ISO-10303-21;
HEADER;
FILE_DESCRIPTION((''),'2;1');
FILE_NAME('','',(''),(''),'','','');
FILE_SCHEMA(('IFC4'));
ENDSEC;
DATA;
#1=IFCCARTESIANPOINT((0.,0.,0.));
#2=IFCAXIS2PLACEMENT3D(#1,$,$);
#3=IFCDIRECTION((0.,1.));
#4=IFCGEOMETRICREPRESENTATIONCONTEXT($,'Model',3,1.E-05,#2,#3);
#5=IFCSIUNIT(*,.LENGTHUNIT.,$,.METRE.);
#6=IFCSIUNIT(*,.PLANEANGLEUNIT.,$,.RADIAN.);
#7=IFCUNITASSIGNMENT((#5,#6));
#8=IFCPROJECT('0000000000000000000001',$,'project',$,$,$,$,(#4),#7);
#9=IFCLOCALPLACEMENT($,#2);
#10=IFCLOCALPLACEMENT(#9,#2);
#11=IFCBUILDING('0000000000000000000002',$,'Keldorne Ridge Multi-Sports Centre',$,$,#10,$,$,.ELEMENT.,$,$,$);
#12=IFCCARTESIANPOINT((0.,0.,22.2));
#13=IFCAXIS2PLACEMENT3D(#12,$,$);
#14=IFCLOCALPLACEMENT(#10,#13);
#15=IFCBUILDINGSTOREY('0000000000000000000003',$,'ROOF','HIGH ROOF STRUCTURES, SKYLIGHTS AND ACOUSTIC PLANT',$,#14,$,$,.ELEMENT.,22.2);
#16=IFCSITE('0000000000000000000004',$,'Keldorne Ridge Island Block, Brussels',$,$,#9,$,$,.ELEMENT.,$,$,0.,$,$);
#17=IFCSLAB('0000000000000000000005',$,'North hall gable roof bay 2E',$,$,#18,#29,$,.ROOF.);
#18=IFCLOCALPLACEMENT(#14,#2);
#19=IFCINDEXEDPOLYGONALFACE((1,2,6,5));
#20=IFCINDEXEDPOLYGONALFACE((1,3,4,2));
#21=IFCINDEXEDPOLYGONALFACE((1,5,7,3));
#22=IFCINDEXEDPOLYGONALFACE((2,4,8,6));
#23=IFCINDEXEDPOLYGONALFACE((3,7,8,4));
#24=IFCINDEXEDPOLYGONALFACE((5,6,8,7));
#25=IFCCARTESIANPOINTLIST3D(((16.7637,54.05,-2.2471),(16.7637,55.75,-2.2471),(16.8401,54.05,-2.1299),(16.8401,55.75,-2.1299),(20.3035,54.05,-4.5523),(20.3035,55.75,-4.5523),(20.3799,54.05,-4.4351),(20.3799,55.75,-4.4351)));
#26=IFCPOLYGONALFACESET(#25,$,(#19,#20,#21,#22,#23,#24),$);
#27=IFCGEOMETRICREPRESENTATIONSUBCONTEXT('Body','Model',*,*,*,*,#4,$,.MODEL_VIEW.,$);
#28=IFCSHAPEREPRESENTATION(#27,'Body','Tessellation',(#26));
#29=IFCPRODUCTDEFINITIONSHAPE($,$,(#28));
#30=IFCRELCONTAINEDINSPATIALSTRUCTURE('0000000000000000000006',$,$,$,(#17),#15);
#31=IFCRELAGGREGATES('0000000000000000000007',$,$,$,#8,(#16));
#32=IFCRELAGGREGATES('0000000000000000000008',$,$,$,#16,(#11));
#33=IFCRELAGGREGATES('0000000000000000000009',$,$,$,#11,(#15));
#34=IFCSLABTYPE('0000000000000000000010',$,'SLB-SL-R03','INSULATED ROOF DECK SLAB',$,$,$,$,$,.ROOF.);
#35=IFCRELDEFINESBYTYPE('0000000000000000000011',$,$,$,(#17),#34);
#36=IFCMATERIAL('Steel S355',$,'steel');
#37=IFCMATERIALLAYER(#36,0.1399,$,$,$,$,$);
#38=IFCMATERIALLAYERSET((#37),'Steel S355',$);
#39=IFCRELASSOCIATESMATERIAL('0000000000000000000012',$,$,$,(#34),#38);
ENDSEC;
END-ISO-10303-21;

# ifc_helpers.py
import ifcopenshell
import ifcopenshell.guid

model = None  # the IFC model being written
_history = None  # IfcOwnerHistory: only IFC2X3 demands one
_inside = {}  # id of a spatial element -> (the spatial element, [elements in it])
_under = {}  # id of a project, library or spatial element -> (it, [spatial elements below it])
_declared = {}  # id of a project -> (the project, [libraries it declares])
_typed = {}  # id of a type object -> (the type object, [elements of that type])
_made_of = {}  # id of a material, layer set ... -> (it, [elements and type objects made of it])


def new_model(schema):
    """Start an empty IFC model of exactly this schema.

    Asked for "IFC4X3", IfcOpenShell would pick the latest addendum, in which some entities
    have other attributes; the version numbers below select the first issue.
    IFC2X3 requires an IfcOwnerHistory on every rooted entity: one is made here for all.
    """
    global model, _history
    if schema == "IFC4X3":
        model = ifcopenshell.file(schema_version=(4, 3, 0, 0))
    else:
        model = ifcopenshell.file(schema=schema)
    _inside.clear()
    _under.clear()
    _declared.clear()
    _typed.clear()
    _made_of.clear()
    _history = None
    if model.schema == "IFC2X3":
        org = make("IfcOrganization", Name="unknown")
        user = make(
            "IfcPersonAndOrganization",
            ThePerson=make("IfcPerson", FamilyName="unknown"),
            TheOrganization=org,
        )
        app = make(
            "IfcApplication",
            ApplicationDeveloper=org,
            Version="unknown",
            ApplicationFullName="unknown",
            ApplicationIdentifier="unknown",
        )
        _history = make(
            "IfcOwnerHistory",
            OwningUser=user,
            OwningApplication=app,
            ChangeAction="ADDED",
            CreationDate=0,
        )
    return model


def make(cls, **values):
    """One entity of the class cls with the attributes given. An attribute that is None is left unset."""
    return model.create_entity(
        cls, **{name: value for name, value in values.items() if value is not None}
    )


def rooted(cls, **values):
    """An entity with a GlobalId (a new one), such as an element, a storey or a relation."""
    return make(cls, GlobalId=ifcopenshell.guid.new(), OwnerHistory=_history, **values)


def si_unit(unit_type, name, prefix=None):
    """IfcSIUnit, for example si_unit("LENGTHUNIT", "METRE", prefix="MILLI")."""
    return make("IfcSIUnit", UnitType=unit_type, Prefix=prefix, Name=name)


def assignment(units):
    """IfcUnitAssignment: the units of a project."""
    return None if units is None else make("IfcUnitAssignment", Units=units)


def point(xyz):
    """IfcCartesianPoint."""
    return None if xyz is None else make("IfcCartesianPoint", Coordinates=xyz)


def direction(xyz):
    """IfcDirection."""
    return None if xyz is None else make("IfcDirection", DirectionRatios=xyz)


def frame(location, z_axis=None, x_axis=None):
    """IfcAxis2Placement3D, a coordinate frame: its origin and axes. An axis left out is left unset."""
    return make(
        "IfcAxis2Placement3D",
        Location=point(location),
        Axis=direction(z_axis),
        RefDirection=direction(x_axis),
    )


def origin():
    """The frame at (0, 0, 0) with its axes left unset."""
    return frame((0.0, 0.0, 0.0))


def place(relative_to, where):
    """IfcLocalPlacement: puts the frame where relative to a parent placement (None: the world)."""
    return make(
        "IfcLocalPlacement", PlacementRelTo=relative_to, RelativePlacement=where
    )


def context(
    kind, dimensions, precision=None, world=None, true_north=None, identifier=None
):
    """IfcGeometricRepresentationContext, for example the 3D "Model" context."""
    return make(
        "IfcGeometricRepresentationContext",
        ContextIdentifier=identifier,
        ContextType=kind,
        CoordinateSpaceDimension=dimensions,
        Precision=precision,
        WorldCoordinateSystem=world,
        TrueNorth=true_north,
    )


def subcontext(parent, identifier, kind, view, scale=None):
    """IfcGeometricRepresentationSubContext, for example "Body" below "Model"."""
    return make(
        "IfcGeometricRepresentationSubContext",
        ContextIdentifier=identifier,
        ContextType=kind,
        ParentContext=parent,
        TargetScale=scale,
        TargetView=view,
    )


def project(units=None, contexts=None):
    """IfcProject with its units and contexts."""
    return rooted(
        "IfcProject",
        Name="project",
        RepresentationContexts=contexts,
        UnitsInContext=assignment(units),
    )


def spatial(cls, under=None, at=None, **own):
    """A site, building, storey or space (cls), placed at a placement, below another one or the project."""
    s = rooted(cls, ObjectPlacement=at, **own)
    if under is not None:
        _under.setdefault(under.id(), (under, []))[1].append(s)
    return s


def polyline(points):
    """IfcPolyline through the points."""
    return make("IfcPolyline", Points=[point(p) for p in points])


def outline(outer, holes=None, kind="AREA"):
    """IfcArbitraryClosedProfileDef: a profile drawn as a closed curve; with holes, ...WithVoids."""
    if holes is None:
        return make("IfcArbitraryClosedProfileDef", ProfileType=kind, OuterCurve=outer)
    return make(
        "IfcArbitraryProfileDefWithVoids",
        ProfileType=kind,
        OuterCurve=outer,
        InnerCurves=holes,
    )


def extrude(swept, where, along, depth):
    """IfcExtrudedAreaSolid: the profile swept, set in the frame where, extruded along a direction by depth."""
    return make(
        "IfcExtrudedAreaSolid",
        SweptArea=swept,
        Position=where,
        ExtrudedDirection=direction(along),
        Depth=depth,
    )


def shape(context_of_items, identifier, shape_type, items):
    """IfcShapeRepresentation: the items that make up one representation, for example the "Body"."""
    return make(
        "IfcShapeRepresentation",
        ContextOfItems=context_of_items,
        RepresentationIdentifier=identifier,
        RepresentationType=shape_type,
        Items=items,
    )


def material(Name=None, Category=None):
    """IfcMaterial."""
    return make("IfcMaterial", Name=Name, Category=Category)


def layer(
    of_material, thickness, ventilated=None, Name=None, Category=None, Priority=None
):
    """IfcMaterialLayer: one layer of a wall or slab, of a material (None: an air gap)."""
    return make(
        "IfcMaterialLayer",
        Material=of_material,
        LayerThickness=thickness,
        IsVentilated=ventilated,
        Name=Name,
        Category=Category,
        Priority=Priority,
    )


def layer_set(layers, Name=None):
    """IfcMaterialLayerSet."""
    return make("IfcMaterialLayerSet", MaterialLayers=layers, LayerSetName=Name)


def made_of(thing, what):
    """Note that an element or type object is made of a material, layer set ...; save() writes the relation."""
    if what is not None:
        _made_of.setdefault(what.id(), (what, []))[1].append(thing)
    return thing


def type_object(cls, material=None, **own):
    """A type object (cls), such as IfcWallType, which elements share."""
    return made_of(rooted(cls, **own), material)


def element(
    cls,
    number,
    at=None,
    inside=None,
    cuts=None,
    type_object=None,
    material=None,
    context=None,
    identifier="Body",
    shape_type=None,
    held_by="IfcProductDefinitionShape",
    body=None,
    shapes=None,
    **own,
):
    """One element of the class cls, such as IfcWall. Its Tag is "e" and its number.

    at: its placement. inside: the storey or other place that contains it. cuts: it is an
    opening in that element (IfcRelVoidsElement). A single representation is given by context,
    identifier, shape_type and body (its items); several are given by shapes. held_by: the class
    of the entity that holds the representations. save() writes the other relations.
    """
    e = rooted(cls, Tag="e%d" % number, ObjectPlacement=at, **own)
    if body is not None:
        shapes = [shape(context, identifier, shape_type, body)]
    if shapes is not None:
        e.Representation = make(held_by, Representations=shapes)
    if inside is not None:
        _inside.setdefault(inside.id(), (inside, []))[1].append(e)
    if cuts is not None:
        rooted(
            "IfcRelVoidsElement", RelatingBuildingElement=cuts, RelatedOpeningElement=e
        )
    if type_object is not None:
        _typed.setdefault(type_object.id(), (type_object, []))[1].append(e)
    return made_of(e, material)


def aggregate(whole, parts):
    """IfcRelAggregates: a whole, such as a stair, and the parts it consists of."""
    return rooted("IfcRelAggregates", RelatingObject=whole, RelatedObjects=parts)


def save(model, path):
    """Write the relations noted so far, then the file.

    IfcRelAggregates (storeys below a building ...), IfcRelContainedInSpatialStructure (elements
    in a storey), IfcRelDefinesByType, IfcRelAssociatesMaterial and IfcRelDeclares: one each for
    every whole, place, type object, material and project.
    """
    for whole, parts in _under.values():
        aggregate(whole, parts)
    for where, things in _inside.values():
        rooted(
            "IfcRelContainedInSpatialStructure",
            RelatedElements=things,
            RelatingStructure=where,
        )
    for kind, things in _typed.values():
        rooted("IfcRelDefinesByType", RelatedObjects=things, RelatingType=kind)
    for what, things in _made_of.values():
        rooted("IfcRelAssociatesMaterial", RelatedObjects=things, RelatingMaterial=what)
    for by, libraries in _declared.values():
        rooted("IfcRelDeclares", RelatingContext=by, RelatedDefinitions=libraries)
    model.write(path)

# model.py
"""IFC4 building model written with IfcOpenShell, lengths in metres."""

from ifc_helpers import new_model, si_unit, direction, frame, origin, place, context, subcontext, project, spatial, polyline, outline, extrude, material, layer, layer_set, type_object, element, save


model = new_model("IFC4")

# Units and contexts
model_context = context("Model", 3, precision=1e-05, world=origin(), true_north=direction((0.0, 1.0)))
body_context = subcontext(model_context, "Body", "Model", "MODEL_VIEW")
ifc_project = project(units=[si_unit("LENGTHUNIT", "METRE"), si_unit("PLANEANGLEUNIT", "RADIAN")], contexts=[model_context])

# Site, building, storey
site_placement = place(None, origin())
site = spatial("IfcSite", under=ifc_project, at=site_placement, Name="Keldorne Ridge Island Block, Brussels", CompositionType="ELEMENT", RefElevation=0.0)
building_placement = place(site_placement, origin())
building = spatial("IfcBuilding", under=site, at=building_placement, Name="Keldorne Ridge Multi-Sports Centre", CompositionType="ELEMENT")
storey_placement = place(building_placement, frame((0.0, 0.0, 22.2)))
storey = spatial("IfcBuildingStorey", under=building, at=storey_placement, Name="ROOF", Description="HIGH ROOF STRUCTURES, SKYLIGHTS AND ACOUSTIC PLANT", CompositionType="ELEMENT", Elevation=22.2)

# Shared definitions
ifc_material = material(Name="Steel S355", Category="steel")

# Slab
ifc_layer_1 = layer(ifc_material, 0.1399)
ifc_layer_set_1 = layer_set([ifc_layer_1], Name="Steel S355")
slab_type_1 = type_object("IfcSlabType", Name="SLB-SL-R03", Description="INSULATED ROOF DECK SLAB", PredefinedType="ROOF", material=ifc_layer_set_1)
slab_1_placement = place(storey_placement, frame((16.8401, 54.05, -2.1299), z_axis=(0.545705, 0.0, 0.837977), x_axis=(0.837977, 0.0, -0.545705)))
element("IfcSlab", 1, at=slab_1_placement, inside=storey, type_object=slab_type_1, Name="North hall gable roof bay 2E", PredefinedType="ROOF", context=body_context, shape_type="SweptSolid", body=[
    extrude(outline(polyline([(0.0, 0.0), (4.2242, 0.0), (4.2242, 1.7), (0.0, 1.7), (0.0, 0.0)])), origin(), (0.0, 0.0, -1.0), 0.1399),
])

save(model, "model.ifc")
